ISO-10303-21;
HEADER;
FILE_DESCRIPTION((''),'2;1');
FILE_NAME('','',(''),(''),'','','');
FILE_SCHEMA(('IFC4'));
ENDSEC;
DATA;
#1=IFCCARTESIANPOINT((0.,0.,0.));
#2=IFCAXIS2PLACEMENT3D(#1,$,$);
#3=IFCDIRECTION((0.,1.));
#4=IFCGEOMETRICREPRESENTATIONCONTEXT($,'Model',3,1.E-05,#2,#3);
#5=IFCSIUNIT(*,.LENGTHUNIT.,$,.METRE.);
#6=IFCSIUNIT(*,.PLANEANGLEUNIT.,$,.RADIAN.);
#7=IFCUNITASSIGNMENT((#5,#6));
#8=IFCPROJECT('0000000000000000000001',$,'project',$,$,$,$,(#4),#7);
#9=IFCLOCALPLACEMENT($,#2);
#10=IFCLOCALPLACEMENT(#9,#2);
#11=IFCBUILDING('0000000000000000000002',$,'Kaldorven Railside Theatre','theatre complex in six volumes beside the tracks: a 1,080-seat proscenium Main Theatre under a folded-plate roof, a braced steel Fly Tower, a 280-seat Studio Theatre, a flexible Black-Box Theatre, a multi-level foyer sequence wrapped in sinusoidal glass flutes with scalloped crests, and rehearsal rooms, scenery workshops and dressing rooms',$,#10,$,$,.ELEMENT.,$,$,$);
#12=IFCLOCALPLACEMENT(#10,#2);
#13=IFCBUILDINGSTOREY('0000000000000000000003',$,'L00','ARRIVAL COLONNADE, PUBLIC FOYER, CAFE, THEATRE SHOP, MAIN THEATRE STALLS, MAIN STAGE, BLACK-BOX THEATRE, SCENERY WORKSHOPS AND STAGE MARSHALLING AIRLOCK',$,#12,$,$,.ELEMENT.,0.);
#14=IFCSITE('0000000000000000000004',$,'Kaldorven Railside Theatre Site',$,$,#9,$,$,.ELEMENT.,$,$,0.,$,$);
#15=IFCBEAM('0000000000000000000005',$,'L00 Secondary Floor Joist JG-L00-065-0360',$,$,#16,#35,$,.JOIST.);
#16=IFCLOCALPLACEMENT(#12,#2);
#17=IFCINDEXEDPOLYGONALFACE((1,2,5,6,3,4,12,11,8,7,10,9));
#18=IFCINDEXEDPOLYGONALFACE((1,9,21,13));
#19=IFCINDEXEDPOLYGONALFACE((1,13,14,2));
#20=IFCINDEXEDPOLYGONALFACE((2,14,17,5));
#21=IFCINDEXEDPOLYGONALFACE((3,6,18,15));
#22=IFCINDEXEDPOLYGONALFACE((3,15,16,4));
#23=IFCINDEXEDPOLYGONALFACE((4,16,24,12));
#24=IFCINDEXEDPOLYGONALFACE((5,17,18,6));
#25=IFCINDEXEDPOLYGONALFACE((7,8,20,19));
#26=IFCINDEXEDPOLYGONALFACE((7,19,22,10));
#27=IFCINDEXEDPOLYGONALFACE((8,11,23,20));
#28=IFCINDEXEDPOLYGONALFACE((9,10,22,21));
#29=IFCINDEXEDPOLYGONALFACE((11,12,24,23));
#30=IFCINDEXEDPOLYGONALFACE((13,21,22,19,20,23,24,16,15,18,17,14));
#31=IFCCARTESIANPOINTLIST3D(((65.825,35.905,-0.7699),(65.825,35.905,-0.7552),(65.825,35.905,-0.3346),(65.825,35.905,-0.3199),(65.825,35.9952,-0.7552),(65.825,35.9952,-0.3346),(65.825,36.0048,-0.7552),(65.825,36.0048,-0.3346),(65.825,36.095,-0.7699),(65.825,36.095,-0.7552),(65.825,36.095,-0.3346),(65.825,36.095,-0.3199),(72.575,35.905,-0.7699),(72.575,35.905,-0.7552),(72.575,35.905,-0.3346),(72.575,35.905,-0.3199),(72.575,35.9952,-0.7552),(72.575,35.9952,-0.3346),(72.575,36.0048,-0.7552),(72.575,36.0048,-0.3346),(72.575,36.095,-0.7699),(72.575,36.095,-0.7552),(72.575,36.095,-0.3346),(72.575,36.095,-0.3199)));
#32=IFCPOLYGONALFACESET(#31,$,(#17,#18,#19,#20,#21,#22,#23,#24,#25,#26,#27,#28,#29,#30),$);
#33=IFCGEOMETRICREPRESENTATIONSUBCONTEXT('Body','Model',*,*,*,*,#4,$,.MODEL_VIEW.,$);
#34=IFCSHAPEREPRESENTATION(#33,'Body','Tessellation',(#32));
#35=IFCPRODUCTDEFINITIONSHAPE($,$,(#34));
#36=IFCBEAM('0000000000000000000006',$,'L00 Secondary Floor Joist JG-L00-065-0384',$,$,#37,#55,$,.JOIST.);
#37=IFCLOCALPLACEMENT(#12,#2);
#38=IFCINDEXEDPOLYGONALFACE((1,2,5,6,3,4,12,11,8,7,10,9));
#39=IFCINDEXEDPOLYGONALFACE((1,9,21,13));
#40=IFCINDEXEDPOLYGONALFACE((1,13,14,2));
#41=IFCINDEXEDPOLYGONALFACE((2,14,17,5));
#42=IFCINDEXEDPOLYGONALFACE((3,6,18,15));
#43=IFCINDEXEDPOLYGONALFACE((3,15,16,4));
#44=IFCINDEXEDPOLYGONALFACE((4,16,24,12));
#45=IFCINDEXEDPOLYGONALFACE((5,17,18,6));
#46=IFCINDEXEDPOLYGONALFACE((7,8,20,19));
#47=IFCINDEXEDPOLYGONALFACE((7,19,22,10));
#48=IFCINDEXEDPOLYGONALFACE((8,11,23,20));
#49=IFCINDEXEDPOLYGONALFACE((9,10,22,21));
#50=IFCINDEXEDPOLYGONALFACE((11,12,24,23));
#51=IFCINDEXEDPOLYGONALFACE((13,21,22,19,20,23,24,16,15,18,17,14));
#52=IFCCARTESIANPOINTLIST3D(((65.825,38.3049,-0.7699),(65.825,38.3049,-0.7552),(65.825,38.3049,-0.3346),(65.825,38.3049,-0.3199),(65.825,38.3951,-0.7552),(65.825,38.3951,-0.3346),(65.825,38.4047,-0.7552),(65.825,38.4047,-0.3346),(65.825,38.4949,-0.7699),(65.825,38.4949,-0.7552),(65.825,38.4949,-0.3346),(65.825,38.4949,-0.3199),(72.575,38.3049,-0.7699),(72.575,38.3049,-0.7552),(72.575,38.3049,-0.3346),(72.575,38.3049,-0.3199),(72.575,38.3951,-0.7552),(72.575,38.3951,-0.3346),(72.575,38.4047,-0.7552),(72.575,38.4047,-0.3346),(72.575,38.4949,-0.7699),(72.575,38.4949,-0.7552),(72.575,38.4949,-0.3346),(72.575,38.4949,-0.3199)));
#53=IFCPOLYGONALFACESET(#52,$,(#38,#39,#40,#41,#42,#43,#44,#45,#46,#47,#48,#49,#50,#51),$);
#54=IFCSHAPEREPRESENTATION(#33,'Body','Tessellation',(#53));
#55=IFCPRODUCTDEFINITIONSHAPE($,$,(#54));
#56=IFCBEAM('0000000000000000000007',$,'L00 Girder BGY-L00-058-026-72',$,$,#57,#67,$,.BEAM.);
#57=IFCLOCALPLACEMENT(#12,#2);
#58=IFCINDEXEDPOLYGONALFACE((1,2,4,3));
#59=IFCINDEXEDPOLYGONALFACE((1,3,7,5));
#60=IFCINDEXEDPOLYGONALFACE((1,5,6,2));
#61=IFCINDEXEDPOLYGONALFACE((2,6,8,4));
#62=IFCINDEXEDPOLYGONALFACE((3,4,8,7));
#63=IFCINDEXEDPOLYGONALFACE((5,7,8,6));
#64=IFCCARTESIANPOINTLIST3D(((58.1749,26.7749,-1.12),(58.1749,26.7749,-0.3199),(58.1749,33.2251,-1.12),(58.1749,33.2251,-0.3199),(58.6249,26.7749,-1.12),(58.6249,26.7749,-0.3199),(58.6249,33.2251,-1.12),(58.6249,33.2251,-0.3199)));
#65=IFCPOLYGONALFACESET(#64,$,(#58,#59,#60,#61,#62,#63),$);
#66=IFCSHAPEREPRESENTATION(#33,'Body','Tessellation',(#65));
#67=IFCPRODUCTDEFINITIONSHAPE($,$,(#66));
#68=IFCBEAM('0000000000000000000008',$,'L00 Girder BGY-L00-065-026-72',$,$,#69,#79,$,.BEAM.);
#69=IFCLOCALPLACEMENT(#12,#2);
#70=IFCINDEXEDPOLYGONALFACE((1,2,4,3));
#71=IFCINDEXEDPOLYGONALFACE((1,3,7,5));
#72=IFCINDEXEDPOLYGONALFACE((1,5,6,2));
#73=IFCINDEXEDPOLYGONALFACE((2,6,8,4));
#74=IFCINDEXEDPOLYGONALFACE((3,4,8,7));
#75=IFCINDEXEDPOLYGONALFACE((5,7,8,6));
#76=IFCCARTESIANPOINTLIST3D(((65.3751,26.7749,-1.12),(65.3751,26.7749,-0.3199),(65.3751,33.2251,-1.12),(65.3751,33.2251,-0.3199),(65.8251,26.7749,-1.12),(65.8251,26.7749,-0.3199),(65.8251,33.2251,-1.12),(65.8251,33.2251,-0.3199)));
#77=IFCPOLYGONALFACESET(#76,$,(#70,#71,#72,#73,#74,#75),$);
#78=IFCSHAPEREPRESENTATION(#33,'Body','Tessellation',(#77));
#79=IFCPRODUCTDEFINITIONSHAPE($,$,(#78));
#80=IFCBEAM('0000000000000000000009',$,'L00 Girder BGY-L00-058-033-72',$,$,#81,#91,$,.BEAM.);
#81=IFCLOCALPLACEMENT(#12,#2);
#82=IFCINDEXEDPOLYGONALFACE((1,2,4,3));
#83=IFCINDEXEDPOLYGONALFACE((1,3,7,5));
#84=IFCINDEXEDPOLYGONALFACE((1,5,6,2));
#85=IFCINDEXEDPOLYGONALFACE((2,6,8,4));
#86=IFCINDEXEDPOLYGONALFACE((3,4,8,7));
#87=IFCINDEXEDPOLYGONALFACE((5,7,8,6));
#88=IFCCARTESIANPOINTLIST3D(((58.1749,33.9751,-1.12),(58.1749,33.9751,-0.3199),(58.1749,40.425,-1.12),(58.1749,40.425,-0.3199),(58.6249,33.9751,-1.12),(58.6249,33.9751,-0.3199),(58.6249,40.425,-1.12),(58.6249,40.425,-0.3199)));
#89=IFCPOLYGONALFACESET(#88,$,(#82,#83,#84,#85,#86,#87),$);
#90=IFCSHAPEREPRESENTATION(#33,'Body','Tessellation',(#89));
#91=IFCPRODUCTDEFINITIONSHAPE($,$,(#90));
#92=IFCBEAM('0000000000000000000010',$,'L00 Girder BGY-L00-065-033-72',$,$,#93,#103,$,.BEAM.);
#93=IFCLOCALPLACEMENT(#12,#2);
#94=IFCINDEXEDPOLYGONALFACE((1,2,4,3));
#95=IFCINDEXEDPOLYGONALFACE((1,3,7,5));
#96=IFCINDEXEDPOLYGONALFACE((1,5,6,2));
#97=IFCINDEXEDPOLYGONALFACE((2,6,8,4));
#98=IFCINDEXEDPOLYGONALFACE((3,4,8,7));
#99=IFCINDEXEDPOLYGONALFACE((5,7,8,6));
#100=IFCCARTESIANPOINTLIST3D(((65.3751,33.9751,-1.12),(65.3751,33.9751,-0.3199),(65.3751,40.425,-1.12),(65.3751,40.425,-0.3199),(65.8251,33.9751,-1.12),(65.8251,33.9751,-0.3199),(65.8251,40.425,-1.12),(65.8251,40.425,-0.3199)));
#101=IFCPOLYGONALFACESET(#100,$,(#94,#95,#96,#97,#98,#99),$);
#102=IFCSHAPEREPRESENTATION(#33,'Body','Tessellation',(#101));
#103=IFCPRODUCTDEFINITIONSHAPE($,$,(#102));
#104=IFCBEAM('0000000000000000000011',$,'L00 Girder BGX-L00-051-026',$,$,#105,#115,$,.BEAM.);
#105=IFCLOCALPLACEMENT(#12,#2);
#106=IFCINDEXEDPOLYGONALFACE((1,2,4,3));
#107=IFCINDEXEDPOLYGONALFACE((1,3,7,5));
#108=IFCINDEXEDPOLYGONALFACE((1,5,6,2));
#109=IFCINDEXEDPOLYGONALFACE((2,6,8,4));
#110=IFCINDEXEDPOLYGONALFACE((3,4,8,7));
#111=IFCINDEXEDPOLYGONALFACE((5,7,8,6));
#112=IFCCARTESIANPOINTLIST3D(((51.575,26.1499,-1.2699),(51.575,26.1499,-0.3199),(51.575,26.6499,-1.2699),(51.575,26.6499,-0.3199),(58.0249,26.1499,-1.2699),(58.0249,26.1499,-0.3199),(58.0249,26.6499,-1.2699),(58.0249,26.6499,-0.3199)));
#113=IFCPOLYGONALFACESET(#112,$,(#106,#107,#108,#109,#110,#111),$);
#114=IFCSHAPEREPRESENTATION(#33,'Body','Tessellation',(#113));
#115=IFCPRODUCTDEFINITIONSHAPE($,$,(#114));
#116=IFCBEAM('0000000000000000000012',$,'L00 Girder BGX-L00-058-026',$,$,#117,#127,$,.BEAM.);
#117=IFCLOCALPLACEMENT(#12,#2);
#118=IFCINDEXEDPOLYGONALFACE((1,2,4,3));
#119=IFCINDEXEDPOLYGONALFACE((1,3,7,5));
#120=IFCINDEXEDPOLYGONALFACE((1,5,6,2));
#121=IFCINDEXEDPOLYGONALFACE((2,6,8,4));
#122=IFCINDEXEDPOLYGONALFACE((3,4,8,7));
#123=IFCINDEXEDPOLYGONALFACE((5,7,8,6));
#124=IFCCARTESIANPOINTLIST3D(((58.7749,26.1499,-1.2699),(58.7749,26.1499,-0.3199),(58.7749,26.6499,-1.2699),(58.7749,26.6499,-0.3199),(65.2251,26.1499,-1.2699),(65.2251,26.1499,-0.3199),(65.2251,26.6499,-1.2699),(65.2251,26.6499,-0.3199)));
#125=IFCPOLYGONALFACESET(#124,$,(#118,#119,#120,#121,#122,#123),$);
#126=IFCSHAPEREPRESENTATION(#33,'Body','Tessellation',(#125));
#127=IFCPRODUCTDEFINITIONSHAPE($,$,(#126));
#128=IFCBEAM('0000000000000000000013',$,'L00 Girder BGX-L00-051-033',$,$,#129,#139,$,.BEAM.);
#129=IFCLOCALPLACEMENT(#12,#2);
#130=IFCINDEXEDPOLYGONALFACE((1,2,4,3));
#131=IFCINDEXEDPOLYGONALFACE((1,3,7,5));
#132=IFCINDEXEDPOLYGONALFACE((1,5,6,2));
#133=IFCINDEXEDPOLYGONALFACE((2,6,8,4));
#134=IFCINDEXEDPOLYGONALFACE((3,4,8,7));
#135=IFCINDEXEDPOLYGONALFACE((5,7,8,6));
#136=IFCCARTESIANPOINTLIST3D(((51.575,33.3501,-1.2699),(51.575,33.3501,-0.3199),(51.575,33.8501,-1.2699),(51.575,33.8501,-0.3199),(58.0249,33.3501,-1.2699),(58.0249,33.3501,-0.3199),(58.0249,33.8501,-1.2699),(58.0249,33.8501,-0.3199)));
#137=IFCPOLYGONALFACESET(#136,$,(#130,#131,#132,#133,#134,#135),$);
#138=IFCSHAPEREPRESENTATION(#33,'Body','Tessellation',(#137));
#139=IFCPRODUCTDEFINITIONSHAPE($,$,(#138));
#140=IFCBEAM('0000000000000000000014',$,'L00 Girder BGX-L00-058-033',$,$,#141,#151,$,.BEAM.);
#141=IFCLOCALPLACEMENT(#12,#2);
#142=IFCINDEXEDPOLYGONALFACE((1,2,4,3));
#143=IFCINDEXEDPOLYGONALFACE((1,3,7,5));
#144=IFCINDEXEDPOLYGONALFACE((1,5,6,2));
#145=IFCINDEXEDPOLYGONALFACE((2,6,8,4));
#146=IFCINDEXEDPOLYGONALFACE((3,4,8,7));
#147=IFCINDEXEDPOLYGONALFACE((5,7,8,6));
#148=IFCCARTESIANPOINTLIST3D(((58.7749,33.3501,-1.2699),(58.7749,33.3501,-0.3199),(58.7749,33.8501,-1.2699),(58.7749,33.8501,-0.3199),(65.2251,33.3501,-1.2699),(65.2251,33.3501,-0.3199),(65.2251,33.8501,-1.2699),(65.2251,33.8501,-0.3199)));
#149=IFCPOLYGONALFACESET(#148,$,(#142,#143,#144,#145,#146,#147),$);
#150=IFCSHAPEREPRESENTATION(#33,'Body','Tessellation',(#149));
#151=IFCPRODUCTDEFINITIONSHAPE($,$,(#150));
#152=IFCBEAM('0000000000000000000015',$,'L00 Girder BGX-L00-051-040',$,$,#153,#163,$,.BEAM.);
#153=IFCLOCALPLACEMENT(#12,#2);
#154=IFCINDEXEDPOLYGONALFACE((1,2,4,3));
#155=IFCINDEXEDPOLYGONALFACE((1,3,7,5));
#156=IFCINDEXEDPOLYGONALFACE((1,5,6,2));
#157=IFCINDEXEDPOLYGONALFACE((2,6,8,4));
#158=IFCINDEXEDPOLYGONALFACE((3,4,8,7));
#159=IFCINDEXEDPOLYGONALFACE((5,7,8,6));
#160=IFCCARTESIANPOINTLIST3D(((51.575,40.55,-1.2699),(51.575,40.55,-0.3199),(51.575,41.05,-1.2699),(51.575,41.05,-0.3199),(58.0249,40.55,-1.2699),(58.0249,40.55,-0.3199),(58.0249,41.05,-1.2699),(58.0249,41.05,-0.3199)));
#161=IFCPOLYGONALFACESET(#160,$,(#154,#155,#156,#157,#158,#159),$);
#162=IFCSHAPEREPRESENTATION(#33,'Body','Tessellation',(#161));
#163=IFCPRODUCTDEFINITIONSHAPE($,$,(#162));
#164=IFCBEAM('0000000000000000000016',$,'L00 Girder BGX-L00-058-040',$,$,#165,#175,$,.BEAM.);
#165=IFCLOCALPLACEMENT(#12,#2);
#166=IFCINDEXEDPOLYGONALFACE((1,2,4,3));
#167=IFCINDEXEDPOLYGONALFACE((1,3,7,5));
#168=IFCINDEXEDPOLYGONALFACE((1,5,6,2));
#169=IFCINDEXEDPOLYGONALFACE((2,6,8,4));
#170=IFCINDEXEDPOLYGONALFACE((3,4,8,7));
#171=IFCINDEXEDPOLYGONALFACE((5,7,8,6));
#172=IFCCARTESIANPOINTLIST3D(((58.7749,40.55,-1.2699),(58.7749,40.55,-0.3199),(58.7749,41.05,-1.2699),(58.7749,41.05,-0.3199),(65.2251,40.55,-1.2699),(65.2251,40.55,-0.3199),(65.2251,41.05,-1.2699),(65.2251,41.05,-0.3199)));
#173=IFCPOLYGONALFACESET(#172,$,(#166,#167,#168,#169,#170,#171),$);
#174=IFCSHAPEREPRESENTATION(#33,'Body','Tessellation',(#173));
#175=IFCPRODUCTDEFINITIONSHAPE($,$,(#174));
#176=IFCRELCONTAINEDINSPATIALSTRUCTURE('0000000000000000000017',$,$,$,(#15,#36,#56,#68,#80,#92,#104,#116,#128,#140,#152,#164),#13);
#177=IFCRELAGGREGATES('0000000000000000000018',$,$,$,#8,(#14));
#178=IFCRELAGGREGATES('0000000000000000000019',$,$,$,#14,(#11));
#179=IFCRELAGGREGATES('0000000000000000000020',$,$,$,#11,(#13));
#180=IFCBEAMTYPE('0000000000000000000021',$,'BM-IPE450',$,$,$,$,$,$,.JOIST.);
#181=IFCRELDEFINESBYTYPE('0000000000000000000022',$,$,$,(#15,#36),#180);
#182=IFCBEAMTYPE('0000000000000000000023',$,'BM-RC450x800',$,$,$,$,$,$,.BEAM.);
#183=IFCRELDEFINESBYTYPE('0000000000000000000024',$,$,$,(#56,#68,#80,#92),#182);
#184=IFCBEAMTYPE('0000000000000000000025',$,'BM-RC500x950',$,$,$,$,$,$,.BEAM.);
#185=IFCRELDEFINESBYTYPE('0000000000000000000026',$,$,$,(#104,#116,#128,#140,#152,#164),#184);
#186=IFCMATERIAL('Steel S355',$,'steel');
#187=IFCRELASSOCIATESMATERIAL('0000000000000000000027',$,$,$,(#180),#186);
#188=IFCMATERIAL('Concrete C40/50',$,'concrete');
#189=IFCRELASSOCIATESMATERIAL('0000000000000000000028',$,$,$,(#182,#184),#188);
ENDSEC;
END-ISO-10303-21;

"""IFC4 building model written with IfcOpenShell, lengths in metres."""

from ifc_helpers import new_model, si_unit, direction, frame, origin, origin_2d, place, context, subcontext, project, spatial, rectangle, i_section, extrude, material, material_profile, profile_set, type_object, element, save


model = new_model("IFC4")

# Units and contexts
model_context = context("Model", 3, precision=1e-05, world=origin(), true_north=direction((0.0, 1.0)))
body_context = subcontext(model_context, "Body", "Model", "MODEL_VIEW")
ifc_project = project(units=[si_unit("LENGTHUNIT", "METRE"), si_unit("PLANEANGLEUNIT", "RADIAN")], contexts=[model_context])

# Site, building, storey
site_placement = place(None, origin())
site = spatial("IfcSite", under=ifc_project, at=site_placement, Name="Kaldorven Railside Theatre Site", CompositionType="ELEMENT", RefElevation=0.0)
building_placement = place(site_placement, origin())
building = spatial("IfcBuilding", under=site, at=building_placement, Name="Kaldorven Railside Theatre", Description="theatre complex in six volumes beside the tracks: a 1,080-seat proscenium Main Theatre under a folded-plate roof, a braced steel Fly Tower, a 280-seat Studio Theatre, a flexible Black-Box Theatre, a multi-level foyer sequence wrapped in sinusoidal glass flutes with scalloped crests, and rehearsal rooms, scenery workshops and dressing rooms", CompositionType="ELEMENT")
storey_placement = place(building_placement, origin())
storey = spatial("IfcBuildingStorey", under=building, at=storey_placement, Name="L00", Description="ARRIVAL COLONNADE, PUBLIC FOYER, CAFE, THEATRE SHOP, MAIN THEATRE STALLS, MAIN STAGE, BLACK-BOX THEATRE, SCENERY WORKSHOPS AND STAGE MARSHALLING AIRLOCK", CompositionType="ELEMENT", Elevation=0.0)

# Shared definitions
ifc_material_1 = material(Name="Concrete C40/50", Category="concrete")

# Beams
ifc_material_2 = material(Name="Steel S355", Category="steel")
ifc_material_profile_1 = material_profile(ifc_material_2, i_section(OverallWidth=0.1899, OverallDepth=0.45, WebThickness=0.0095, FlangeThickness=0.0146, at=origin_2d()), Name="IPE 450")
ifc_profile_set_1 = profile_set([ifc_material_profile_1], Name="Steel S355")
beam_type_1 = type_object("IfcBeamType", Name="BM-IPE450", PredefinedType="JOIST", material=ifc_profile_set_1)
for number, where, z_axis, x_axis, name in (
    (1, (65.825, 36.0, -0.5449), (1.0, 0.0, 0.0), (0.0, 1.0, 0.0), "L00 Secondary Floor Joist JG-L00-065-0360"),
    (2, (65.825, 38.3999, -0.5449), (1.0, 0.0, 0.0), (0.0, 1.0, 0.0), "L00 Secondary Floor Joist JG-L00-065-0384"),
):
    element("IfcBeam", number, at=place(storey_placement, frame(where, z_axis=z_axis, x_axis=x_axis)), inside=storey, type_object=beam_type_1, Name=name, PredefinedType="JOIST", context=body_context, shape_type="SweptSolid", body=[
        extrude(i_section(OverallWidth=0.1899, OverallDepth=0.45, WebThickness=0.0095, FlangeThickness=0.0146, at=origin_2d()), origin(), (0.0, 0.0, 1.0), 6.75),
    ])
ifc_material_profile_2 = material_profile(ifc_material_1, rectangle(XDim=0.45, YDim=0.8, at=origin_2d()), Name="RC 450x800")
ifc_profile_set_2 = profile_set([ifc_material_profile_2], Name="Concrete C40/50")
beam_type_2 = type_object("IfcBeamType", Name="BM-RC450x800", PredefinedType="BEAM", material=ifc_profile_set_2)
for number, where, z_axis, x_axis, name in (
    (3, (58.3999, 26.7749, -0.72), (0.0, 1.0, 0.0), (-1.0, 0.0, 0.0), "L00 Girder BGY-L00-058-026-72"),
    (4, (65.6001, 26.7749, -0.72), (0.0, 1.0, 0.0), (-1.0, 0.0, 0.0), "L00 Girder BGY-L00-065-026-72"),
):
    element("IfcBeam", number, at=place(storey_placement, frame(where, z_axis=z_axis, x_axis=x_axis)), inside=storey, type_object=beam_type_2, Name=name, PredefinedType="BEAM", context=body_context, shape_type="SweptSolid", body=[
        extrude(rectangle(XDim=0.45, YDim=0.8, at=origin_2d()), origin(), (0.0, 0.0, 1.0), 6.4502),
    ])
for number, where, z_axis, x_axis, name in (
    (5, (58.3999, 33.9751, -0.72), (0.0, 1.0, 0.0), (-1.0, 0.0, 0.0), "L00 Girder BGY-L00-058-033-72"),
    (6, (65.6001, 33.9751, -0.72), (0.0, 1.0, 0.0), (-1.0, 0.0, 0.0), "L00 Girder BGY-L00-065-033-72"),
):
    element("IfcBeam", number, at=place(storey_placement, frame(where, z_axis=z_axis, x_axis=x_axis)), inside=storey, type_object=beam_type_2, Name=name, PredefinedType="BEAM", context=body_context, shape_type="SweptSolid", body=[
        extrude(rectangle(XDim=0.45, YDim=0.8, at=origin_2d()), origin(), (0.0, 0.0, 1.0), 6.45),
    ])
ifc_material_profile_3 = material_profile(ifc_material_1, rectangle(XDim=0.5, YDim=0.95, at=origin_2d()), Name="RC 500x950")
ifc_profile_set_3 = profile_set([ifc_material_profile_3], Name="Concrete C40/50")
beam_type_3 = type_object("IfcBeamType", Name="BM-RC500x950", PredefinedType="BEAM", material=ifc_profile_set_3)
beam_1_placement = place(storey_placement, frame((51.575, 26.3999, -0.7949), z_axis=(1.0, 0.0, 0.0), x_axis=(0.0, 1.0, 0.0)))
element("IfcBeam", 7, at=beam_1_placement, inside=storey, type_object=beam_type_3, Name="L00 Girder BGX-L00-051-026", PredefinedType="BEAM", context=body_context, shape_type="SweptSolid", body=[
    extrude(rectangle(XDim=0.5, YDim=0.95, at=origin_2d()), origin(), (0.0, 0.0, 1.0), 6.45),
])
beam_2_placement = place(storey_placement, frame((58.7749, 26.3999, -0.7949), z_axis=(1.0, 0.0, 0.0), x_axis=(0.0, 1.0, 0.0)))
element("IfcBeam", 8, at=beam_2_placement, inside=storey, type_object=beam_type_3, Name="L00 Girder BGX-L00-058-026", PredefinedType="BEAM", context=body_context, shape_type="SweptSolid", body=[
    extrude(rectangle(XDim=0.5, YDim=0.95, at=origin_2d()), origin(), (0.0, 0.0, 1.0), 6.4502),
])
beam_3_placement = place(storey_placement, frame((51.575, 33.6001, -0.7949), z_axis=(1.0, 0.0, 0.0), x_axis=(0.0, 1.0, 0.0)))
element("IfcBeam", 9, at=beam_3_placement, inside=storey, type_object=beam_type_3, Name="L00 Girder BGX-L00-051-033", PredefinedType="BEAM", context=body_context, shape_type="SweptSolid", body=[
    extrude(rectangle(XDim=0.5, YDim=0.95, at=origin_2d()), origin(), (0.0, 0.0, 1.0), 6.45),
])
beam_4_placement = place(storey_placement, frame((58.7749, 33.6001, -0.7949), z_axis=(1.0, 0.0, 0.0), x_axis=(0.0, 1.0, 0.0)))
element("IfcBeam", 10, at=beam_4_placement, inside=storey, type_object=beam_type_3, Name="L00 Girder BGX-L00-058-033", PredefinedType="BEAM", context=body_context, shape_type="SweptSolid", body=[
    extrude(rectangle(XDim=0.5, YDim=0.95, at=origin_2d()), origin(), (0.0, 0.0, 1.0), 6.4502),
])
beam_5_placement = place(storey_placement, frame((51.575, 40.8, -0.7949), z_axis=(1.0, 0.0, 0.0), x_axis=(0.0, 1.0, 0.0)))
element("IfcBeam", 11, at=beam_5_placement, inside=storey, type_object=beam_type_3, Name="L00 Girder BGX-L00-051-040", PredefinedType="BEAM", context=body_context, shape_type="SweptSolid", body=[
    extrude(rectangle(XDim=0.5, YDim=0.95, at=origin_2d()), origin(), (0.0, 0.0, 1.0), 6.45),
])
beam_6_placement = place(storey_placement, frame((58.7749, 40.8, -0.7949), z_axis=(1.0, 0.0, 0.0), x_axis=(0.0, 1.0, 0.0)))
element("IfcBeam", 12, at=beam_6_placement, inside=storey, type_object=beam_type_3, Name="L00 Girder BGX-L00-058-040", PredefinedType="BEAM", context=body_context, shape_type="SweptSolid", body=[
    extrude(rectangle(XDim=0.5, YDim=0.95, at=origin_2d()), origin(), (0.0, 0.0, 1.0), 6.4502),
])

save(model, "model.ifc")
